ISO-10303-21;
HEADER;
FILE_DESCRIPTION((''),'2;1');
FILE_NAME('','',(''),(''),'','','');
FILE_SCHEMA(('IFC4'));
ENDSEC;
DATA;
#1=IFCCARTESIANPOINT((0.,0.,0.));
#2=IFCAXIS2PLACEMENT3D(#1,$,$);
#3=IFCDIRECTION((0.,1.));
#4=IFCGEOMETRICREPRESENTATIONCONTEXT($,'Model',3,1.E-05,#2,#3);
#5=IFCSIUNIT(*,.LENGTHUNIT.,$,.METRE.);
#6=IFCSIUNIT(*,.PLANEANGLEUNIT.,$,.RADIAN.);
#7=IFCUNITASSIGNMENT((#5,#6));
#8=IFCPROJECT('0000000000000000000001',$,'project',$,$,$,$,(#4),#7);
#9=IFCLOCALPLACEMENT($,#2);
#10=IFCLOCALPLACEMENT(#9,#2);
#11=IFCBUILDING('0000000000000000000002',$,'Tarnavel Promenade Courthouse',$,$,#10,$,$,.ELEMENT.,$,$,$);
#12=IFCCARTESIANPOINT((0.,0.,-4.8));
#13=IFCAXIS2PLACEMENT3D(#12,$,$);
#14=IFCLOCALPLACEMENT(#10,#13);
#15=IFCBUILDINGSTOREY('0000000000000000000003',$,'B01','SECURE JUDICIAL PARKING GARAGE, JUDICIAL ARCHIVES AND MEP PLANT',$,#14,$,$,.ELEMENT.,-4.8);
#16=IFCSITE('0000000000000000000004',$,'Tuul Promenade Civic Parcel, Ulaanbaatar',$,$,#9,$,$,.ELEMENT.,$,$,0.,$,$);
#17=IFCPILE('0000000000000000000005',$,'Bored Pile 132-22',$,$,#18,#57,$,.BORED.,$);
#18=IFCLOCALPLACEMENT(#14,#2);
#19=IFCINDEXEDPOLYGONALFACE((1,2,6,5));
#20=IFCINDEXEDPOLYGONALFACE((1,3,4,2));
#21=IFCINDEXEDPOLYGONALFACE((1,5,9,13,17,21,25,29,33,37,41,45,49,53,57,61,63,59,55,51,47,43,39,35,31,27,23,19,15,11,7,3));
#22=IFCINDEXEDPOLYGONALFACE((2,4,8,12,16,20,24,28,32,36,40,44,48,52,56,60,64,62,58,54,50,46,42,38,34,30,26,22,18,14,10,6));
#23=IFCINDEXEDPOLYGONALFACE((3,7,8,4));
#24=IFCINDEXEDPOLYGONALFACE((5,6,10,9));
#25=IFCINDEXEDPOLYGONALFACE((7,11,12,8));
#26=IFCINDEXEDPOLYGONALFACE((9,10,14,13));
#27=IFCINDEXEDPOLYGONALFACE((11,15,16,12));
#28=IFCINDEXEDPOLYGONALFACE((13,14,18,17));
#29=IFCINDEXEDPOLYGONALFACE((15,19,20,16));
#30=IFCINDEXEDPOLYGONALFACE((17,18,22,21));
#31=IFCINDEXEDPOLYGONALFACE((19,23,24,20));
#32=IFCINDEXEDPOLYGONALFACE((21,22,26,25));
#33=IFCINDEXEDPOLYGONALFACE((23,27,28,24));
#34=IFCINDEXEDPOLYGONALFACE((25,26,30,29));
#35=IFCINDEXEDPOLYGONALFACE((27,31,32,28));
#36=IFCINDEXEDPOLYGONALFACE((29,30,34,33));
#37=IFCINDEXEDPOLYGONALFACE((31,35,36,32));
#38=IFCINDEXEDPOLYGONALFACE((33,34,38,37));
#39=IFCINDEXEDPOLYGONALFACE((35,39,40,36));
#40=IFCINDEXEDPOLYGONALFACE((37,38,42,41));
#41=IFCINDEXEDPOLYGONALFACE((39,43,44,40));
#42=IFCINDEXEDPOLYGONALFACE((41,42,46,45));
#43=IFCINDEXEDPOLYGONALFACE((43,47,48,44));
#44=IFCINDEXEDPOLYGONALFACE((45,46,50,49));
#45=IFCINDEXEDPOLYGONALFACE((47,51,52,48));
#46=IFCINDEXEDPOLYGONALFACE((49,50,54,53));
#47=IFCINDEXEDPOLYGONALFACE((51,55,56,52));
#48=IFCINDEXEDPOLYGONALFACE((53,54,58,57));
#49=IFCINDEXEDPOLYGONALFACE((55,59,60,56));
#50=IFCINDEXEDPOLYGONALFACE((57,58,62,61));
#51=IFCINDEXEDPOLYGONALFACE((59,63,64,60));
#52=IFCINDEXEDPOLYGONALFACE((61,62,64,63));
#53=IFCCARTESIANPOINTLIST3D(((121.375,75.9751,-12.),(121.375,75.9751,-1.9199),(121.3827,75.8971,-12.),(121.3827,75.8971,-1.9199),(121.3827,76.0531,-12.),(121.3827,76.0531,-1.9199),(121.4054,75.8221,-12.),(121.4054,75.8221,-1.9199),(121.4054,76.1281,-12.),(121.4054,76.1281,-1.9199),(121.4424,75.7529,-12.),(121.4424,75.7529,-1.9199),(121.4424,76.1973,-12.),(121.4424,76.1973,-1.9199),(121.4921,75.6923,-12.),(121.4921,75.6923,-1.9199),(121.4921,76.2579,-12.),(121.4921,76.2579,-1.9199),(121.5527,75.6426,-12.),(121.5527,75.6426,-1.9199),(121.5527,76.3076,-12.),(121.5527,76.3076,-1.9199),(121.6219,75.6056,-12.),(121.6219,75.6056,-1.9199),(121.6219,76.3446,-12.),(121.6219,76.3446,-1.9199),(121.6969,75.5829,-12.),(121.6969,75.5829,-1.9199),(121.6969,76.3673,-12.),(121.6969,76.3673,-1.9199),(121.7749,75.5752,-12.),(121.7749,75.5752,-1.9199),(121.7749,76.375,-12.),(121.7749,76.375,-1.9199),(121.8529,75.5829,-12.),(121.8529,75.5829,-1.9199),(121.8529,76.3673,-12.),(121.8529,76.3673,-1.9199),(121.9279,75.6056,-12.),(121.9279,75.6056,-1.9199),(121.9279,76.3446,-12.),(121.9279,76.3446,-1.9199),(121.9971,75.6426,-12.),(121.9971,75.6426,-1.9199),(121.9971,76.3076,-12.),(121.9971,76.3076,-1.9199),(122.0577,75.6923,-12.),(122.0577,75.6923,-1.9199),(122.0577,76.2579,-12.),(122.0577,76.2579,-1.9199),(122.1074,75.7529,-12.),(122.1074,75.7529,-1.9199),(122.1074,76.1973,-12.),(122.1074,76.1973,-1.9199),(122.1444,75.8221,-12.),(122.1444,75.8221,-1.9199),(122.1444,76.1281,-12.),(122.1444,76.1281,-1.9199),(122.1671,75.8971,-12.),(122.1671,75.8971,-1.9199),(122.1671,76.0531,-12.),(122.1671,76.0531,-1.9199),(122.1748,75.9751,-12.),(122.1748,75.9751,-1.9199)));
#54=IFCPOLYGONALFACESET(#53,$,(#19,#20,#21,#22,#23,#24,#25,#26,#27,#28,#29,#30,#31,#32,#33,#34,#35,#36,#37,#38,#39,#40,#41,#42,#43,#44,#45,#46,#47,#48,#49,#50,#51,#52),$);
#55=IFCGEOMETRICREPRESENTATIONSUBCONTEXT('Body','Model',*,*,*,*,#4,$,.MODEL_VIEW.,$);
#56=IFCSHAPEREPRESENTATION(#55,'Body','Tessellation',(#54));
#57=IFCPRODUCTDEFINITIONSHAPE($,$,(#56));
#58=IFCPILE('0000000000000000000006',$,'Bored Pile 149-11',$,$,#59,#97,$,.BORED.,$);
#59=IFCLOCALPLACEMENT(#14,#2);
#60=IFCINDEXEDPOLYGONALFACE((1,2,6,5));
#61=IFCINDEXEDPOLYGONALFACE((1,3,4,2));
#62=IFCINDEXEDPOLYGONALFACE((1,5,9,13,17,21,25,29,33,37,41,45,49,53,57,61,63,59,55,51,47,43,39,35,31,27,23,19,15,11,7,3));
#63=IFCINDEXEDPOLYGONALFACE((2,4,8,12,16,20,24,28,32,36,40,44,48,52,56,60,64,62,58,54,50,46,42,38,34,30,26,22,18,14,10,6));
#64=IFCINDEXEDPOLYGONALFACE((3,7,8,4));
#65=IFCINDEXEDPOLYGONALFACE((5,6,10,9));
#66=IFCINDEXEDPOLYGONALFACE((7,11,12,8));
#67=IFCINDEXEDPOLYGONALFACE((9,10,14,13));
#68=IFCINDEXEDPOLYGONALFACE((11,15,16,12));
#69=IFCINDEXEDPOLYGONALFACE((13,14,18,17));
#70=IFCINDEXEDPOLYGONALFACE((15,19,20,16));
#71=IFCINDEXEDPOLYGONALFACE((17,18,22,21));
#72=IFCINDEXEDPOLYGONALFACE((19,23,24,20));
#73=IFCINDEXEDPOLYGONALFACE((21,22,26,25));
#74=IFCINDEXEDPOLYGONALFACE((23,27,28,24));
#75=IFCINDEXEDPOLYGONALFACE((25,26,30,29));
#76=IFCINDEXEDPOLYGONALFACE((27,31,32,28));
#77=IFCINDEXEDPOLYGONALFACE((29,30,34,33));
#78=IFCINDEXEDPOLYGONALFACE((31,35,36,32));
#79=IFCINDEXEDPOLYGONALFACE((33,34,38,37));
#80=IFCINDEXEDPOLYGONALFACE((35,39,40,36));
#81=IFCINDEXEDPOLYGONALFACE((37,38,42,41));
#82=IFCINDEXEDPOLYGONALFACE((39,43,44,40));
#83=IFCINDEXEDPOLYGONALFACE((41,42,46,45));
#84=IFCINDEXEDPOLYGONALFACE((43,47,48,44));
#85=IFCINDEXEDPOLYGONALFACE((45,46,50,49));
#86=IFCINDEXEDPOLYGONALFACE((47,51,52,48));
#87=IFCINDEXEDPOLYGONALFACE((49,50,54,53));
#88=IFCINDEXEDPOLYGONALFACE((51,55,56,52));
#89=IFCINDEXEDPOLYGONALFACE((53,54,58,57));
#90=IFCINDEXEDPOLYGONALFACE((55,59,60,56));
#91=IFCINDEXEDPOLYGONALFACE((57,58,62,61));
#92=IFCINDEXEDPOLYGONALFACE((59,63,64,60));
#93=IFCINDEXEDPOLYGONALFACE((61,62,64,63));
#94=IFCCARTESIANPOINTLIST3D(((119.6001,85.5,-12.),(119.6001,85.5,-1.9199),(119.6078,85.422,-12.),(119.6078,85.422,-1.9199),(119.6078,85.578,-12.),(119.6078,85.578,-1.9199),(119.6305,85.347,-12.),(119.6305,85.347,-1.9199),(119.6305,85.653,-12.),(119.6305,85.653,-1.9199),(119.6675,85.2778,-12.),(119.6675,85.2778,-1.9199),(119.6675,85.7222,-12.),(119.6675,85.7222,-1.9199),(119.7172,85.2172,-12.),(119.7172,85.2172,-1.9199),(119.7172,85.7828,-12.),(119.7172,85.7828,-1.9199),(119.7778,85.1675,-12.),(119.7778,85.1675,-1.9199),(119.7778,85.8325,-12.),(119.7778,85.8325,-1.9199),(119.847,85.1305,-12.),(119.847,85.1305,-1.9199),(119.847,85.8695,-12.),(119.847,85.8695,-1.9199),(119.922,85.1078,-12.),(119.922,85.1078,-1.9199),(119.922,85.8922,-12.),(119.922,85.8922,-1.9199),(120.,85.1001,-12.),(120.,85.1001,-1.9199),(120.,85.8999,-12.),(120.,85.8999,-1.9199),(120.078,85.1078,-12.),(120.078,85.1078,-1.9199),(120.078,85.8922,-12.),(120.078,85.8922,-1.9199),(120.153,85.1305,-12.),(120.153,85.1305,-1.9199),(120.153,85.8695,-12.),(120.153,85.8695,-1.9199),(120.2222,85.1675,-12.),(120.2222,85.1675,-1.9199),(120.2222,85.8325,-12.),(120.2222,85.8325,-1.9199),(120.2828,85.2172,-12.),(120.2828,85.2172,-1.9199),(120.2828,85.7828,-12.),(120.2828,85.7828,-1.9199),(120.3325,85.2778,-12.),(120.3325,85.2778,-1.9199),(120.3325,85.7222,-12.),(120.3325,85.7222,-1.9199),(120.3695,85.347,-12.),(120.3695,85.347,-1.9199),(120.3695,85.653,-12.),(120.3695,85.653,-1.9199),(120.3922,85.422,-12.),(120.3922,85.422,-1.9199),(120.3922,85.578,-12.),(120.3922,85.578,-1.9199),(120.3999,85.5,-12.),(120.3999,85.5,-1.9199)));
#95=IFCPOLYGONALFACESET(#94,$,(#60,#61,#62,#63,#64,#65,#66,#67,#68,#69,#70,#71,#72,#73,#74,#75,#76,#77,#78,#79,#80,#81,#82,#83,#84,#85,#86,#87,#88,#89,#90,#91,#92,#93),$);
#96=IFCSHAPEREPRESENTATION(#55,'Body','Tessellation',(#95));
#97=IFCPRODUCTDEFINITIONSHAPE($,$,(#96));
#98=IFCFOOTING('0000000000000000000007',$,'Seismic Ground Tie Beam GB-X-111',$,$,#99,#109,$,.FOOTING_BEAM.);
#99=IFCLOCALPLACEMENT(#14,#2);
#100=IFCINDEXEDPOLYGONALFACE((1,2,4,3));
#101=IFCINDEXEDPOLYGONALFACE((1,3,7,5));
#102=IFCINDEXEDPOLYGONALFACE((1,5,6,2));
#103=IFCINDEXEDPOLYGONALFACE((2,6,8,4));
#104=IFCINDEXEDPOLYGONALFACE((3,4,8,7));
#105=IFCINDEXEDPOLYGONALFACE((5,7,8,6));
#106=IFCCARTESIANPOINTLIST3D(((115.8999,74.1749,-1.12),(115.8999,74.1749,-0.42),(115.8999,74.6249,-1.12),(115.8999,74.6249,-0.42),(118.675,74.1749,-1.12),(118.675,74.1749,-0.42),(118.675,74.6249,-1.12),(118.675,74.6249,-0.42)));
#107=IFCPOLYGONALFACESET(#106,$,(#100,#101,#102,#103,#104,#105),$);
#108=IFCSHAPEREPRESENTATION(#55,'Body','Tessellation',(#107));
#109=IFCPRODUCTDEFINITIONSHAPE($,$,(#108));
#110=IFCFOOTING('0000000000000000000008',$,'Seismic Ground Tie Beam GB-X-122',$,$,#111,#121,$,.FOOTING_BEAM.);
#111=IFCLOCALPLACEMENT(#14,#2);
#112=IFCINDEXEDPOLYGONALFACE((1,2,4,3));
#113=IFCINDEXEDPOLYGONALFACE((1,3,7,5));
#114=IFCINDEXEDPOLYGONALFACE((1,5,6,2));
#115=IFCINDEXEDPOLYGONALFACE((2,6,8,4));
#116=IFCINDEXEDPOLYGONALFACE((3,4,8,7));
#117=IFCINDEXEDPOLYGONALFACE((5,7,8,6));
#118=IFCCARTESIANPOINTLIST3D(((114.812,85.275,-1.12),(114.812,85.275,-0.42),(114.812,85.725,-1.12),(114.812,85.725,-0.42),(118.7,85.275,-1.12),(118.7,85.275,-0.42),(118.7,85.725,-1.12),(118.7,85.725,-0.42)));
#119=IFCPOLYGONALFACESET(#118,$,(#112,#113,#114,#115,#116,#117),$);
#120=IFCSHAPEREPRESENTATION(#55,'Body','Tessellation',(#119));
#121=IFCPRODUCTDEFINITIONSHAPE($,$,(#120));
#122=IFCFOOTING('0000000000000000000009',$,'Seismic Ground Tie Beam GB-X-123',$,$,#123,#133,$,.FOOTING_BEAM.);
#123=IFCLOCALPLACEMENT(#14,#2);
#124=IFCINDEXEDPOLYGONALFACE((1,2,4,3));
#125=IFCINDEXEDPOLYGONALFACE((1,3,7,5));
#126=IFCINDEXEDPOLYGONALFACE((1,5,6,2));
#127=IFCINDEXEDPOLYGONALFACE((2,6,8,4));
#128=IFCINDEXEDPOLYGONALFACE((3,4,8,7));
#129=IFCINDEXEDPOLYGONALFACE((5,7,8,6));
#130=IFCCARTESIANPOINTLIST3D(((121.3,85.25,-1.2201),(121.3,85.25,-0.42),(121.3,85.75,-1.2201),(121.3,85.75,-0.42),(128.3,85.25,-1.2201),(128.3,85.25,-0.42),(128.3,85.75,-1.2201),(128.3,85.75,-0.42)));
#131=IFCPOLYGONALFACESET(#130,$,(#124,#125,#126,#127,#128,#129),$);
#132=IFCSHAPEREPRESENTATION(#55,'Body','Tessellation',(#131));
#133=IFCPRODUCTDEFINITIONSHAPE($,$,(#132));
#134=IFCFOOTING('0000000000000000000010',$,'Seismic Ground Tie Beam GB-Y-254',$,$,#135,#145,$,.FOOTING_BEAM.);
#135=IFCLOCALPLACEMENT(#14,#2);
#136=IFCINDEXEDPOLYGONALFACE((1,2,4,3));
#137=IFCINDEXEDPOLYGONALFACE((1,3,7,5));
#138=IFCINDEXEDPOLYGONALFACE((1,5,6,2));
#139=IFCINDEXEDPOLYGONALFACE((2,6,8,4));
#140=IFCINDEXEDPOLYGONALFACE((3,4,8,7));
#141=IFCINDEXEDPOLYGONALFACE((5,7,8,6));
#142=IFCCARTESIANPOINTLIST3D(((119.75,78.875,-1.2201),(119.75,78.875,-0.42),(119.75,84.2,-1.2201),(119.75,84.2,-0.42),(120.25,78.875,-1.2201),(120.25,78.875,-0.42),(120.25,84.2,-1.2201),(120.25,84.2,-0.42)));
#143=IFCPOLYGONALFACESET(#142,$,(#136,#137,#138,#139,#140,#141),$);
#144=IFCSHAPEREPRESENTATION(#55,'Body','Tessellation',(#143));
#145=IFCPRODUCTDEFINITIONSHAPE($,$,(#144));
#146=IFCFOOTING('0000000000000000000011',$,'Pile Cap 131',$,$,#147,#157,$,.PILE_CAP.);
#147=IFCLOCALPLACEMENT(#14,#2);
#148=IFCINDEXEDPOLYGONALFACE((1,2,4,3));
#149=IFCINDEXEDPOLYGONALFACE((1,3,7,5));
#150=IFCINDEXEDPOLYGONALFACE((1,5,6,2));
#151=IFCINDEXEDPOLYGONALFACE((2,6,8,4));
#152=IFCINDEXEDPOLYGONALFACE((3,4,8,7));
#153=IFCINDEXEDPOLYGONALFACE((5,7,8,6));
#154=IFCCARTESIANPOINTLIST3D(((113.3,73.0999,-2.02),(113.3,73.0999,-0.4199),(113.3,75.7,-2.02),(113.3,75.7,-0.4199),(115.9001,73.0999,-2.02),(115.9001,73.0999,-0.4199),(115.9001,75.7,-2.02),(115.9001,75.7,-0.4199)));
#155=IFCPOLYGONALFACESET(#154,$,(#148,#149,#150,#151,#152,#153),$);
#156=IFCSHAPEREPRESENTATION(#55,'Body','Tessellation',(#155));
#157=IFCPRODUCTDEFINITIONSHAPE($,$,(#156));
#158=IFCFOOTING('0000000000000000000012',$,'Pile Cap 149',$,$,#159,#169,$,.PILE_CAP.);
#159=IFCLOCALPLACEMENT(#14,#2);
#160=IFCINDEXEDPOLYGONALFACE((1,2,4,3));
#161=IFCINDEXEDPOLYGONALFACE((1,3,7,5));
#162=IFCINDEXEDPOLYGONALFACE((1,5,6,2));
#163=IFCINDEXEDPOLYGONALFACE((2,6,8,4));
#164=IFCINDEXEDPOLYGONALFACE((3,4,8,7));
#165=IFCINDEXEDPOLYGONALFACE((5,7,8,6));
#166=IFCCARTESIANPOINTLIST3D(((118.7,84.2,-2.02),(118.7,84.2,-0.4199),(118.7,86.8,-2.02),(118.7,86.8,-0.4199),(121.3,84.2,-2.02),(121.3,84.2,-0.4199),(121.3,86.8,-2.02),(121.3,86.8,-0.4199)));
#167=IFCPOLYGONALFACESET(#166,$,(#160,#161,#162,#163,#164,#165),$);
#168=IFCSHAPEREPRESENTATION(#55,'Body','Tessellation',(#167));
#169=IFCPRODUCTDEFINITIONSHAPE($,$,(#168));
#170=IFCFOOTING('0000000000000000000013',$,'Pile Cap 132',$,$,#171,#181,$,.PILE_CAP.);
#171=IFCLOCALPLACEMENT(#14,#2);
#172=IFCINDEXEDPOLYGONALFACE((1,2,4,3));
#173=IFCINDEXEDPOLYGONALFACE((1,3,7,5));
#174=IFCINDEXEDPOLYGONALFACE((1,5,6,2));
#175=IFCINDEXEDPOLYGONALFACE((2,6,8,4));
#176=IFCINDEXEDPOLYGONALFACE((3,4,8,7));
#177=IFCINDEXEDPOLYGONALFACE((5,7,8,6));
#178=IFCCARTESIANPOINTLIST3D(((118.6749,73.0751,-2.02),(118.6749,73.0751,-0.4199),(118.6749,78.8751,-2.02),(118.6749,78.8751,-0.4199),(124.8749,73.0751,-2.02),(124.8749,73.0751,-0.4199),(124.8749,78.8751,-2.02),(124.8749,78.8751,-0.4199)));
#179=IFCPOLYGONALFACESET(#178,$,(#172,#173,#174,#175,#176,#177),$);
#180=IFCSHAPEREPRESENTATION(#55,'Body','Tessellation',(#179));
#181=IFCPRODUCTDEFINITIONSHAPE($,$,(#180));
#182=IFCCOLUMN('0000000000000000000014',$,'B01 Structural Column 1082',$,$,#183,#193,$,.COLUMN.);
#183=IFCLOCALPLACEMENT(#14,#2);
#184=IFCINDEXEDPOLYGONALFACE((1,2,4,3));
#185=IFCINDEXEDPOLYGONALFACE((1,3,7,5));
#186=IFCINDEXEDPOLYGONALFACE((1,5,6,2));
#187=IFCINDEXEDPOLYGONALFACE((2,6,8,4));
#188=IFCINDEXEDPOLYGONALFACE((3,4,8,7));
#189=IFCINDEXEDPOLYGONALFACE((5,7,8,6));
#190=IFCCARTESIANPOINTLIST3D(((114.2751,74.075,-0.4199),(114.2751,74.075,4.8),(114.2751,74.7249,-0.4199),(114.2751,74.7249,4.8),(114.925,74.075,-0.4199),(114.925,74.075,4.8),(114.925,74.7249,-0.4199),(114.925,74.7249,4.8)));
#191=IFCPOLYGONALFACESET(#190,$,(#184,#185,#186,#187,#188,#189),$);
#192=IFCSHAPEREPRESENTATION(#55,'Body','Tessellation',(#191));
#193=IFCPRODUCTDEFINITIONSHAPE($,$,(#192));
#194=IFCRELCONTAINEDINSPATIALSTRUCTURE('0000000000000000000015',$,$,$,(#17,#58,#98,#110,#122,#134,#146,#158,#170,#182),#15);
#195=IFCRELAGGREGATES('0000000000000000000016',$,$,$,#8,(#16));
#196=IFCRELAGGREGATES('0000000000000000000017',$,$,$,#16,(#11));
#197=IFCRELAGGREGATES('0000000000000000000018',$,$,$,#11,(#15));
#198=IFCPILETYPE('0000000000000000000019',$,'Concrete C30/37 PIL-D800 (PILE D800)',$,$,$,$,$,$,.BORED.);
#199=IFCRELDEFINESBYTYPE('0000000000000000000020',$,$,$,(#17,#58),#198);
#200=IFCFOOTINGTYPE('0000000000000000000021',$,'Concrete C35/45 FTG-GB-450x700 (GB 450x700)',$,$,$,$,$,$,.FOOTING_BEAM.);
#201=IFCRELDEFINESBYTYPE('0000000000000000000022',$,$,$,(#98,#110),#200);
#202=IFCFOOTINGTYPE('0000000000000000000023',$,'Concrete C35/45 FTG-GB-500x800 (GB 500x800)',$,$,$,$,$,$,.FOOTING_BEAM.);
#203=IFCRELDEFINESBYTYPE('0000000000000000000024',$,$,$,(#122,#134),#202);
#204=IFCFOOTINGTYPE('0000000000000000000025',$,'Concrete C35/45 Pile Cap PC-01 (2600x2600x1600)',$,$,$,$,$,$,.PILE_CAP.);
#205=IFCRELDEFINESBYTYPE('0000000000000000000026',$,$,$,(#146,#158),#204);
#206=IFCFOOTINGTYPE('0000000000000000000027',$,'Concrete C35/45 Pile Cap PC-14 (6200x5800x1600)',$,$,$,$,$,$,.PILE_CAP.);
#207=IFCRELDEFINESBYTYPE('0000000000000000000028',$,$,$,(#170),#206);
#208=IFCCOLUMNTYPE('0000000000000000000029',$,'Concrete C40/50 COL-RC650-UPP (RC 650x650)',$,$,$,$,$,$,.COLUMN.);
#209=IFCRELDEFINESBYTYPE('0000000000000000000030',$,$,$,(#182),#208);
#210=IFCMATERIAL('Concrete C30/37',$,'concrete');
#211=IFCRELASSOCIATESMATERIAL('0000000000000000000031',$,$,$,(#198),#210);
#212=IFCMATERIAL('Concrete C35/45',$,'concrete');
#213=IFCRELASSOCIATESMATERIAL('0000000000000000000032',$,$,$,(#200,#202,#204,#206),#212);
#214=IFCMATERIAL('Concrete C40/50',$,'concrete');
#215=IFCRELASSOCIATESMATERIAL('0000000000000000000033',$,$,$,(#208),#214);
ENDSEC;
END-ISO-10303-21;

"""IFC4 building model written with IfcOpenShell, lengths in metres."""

from ifc_helpers import new_model, si_unit, direction, frame, origin, origin_2d, place, context, subcontext, project, spatial, rectangle, circle, extrude, material, material_profile, profile_set, type_object, element, save


model = new_model("IFC4")

# Units and contexts
model_context = context("Model", 3, precision=1e-05, world=origin(), true_north=direction((0.0, 1.0)))
body_context = subcontext(model_context, "Body", "Model", "MODEL_VIEW")
ifc_project = project(units=[si_unit("LENGTHUNIT", "METRE"), si_unit("PLANEANGLEUNIT", "RADIAN")], contexts=[model_context])

# Site, building, storey
site_placement = place(None, origin())
site = spatial("IfcSite", under=ifc_project, at=site_placement, Name="Tuul Promenade Civic Parcel, Ulaanbaatar", CompositionType="ELEMENT", RefElevation=0.0)
building_placement = place(site_placement, origin())
building = spatial("IfcBuilding", under=site, at=building_placement, Name="Tarnavel Promenade Courthouse", CompositionType="ELEMENT")
storey_placement = place(building_placement, frame((0.0, 0.0, -4.8)))
storey = spatial("IfcBuildingStorey", under=building, at=storey_placement, Name="B01", Description="SECURE JUDICIAL PARKING GARAGE, JUDICIAL ARCHIVES AND MEP PLANT", CompositionType="ELEMENT", Elevation=-4.8)

# Piles
ifc_material_1 = material(Name="Concrete C30/37", Category="concrete")
ifc_material_profile_1 = material_profile(ifc_material_1, circle(Radius=0.3999, at=origin_2d()), Name="PILE D800")
ifc_profile_set_1 = profile_set([ifc_material_profile_1], Name="Concrete C30/37")
pile_type = type_object("IfcPileType", Name="Concrete C30/37 PIL-D800 (PILE D800)", PredefinedType="BORED", material=ifc_profile_set_1)
for number, where, z_axis, x_axis, name in (
    (1, (121.7749, 75.9751, -1.9199), (0.0, 0.0, -1.0), (1.0, 0.0, 0.0), "Bored Pile 132-22"),
    (2, (120.0, 85.5, -1.9199), (0.0, 0.0, -1.0), (1.0, 0.0, 0.0), "Bored Pile 149-11"),
):
    element("IfcPile", number, at=place(storey_placement, frame(where, z_axis=z_axis, x_axis=x_axis)), inside=storey, type_object=pile_type, Name=name, PredefinedType="BORED", context=body_context, shape_type="SweptSolid", body=[
        extrude(circle(Radius=0.3999, at=origin_2d()), origin(), (0.0, 0.0, 1.0), 10.0801),
    ])

# Footings
ifc_material_2 = material(Name="Concrete C35/45", Category="concrete")
ifc_material_profile_2 = material_profile(ifc_material_2, rectangle(XDim=0.45, YDim=0.7, at=origin_2d()), Name="GB 450x700")
ifc_profile_set_2 = profile_set([ifc_material_profile_2], Name="Concrete C35/45")
footing_type_1 = type_object("IfcFootingType", Name="Concrete C35/45 FTG-GB-450x700 (GB 450x700)", PredefinedType="FOOTING_BEAM", material=ifc_profile_set_2)
footing_1_placement = place(storey_placement, frame((115.8999, 74.3999, -0.77), z_axis=(1.0, 0.0, 0.0), x_axis=(0.0, 1.0, 0.0)))
element("IfcFooting", 3, at=footing_1_placement, inside=storey, type_object=footing_type_1, Name="Seismic Ground Tie Beam GB-X-111", PredefinedType="FOOTING_BEAM", context=body_context, shape_type="SweptSolid", body=[
    extrude(rectangle(XDim=0.45, YDim=0.7, at=origin_2d()), origin(), (0.0, 0.0, 1.0), 2.7751),
])
footing_2_placement = place(storey_placement, frame((114.812, 85.5, -0.77), z_axis=(1.0, 0.0, 0.0), x_axis=(0.0, 1.0, 0.0)))
element("IfcFooting", 4, at=footing_2_placement, inside=storey, type_object=footing_type_1, Name="Seismic Ground Tie Beam GB-X-122", PredefinedType="FOOTING_BEAM", context=body_context, shape_type="SweptSolid", body=[
    extrude(rectangle(XDim=0.45, YDim=0.7, at=origin_2d()), origin(), (0.0, 0.0, 1.0), 3.8879),
])
ifc_material_profile_3 = material_profile(ifc_material_2, rectangle(XDim=0.5, YDim=0.8, at=origin_2d()), Name="GB 500x800")
ifc_profile_set_3 = profile_set([ifc_material_profile_3], Name="Concrete C35/45")
footing_type_2 = type_object("IfcFootingType", Name="Concrete C35/45 FTG-GB-500x800 (GB 500x800)", PredefinedType="FOOTING_BEAM", material=ifc_profile_set_3)
footing_3_placement = place(storey_placement, frame((121.3, 85.5, -0.8201), z_axis=(1.0, 0.0, 0.0), x_axis=(0.0, 1.0, 0.0)))
element("IfcFooting", 5, at=footing_3_placement, inside=storey, type_object=footing_type_2, Name="Seismic Ground Tie Beam GB-X-123", PredefinedType="FOOTING_BEAM", context=body_context, shape_type="SweptSolid", body=[
    extrude(rectangle(XDim=0.5, YDim=0.8, at=origin_2d()), origin(), (0.0, 0.0, 1.0), 7.0),
])
footing_4_placement = place(storey_placement, frame((120.0, 78.875, -0.8201), z_axis=(0.0, 1.0, 0.0), x_axis=(-1.0, 0.0, 0.0)))
element("IfcFooting", 6, at=footing_4_placement, inside=storey, type_object=footing_type_2, Name="Seismic Ground Tie Beam GB-Y-254", PredefinedType="FOOTING_BEAM", context=body_context, shape_type="SweptSolid", body=[
    extrude(rectangle(XDim=0.5, YDim=0.8, at=origin_2d()), origin(), (0.0, 0.0, 1.0), 5.325),
])
footing_type_3 = type_object("IfcFootingType", Name="Concrete C35/45 Pile Cap PC-01 (2600x2600x1600)", PredefinedType="PILE_CAP", material=ifc_material_2)
for number, where, z_axis, x_axis, name in (
    (7, (114.6001, 74.3999, -2.02), (0.0, 0.0, 1.0), (1.0, 0.0, 0.0), "Pile Cap 131"),
    (8, (120.0, 85.5, -2.02), (0.0, 0.0, 1.0), (1.0, 0.0, 0.0), "Pile Cap 149"),
):
    element("IfcFooting", number, at=place(storey_placement, frame(where, z_axis=z_axis, x_axis=x_axis)), inside=storey, type_object=footing_type_3, Name=name, PredefinedType="PILE_CAP", context=body_context, shape_type="SweptSolid", body=[
        extrude(rectangle(XDim=2.6001, YDim=2.6001, at=origin_2d()), origin(), (0.0, 0.0, 1.0), 1.6001),
    ])
footing_type_4 = type_object("IfcFootingType", Name="Concrete C35/45 Pile Cap PC-14 (6200x5800x1600)", PredefinedType="PILE_CAP", material=ifc_material_2)
footing_5_placement = place(storey_placement, frame((121.7749, 75.9751, -2.02), z_axis=(0.0, 0.0, 1.0), x_axis=(1.0, 0.0, 0.0)))
element("IfcFooting", 9, at=footing_5_placement, inside=storey, type_object=footing_type_4, Name="Pile Cap 132", PredefinedType="PILE_CAP", context=body_context, shape_type="SweptSolid", body=[
    extrude(rectangle(XDim=6.2, YDim=5.8, at=origin_2d()), origin(), (0.0, 0.0, 1.0), 1.6001),
])

# Column
ifc_material_3 = material(Name="Concrete C40/50", Category="concrete")
ifc_material_profile_4 = material_profile(ifc_material_3, rectangle(XDim=0.6499, YDim=0.6499, at=origin_2d()), Name="RC 650x650")
ifc_profile_set_4 = profile_set([ifc_material_profile_4], Name="Concrete C40/50")
column_type_1 = type_object("IfcColumnType", Name="Concrete C40/50 COL-RC650-UPP (RC 650x650)", PredefinedType="COLUMN", material=ifc_profile_set_4)
column_placement = place(storey_placement, frame((114.6001, 74.3999, -0.4199), z_axis=(0.0, 0.0, 1.0), x_axis=(1.0, 0.0, 0.0)))
element("IfcColumn", 10, at=column_placement, inside=storey, type_object=column_type_1, Name="B01 Structural Column 1082", PredefinedType="COLUMN", context=body_context, shape_type="SweptSolid", body=[
    extrude(rectangle(XDim=0.6499, YDim=0.6499, at=origin_2d()), origin(), (0.0, 0.0, 1.0), 5.22),
])

save(model, "model.ifc")
